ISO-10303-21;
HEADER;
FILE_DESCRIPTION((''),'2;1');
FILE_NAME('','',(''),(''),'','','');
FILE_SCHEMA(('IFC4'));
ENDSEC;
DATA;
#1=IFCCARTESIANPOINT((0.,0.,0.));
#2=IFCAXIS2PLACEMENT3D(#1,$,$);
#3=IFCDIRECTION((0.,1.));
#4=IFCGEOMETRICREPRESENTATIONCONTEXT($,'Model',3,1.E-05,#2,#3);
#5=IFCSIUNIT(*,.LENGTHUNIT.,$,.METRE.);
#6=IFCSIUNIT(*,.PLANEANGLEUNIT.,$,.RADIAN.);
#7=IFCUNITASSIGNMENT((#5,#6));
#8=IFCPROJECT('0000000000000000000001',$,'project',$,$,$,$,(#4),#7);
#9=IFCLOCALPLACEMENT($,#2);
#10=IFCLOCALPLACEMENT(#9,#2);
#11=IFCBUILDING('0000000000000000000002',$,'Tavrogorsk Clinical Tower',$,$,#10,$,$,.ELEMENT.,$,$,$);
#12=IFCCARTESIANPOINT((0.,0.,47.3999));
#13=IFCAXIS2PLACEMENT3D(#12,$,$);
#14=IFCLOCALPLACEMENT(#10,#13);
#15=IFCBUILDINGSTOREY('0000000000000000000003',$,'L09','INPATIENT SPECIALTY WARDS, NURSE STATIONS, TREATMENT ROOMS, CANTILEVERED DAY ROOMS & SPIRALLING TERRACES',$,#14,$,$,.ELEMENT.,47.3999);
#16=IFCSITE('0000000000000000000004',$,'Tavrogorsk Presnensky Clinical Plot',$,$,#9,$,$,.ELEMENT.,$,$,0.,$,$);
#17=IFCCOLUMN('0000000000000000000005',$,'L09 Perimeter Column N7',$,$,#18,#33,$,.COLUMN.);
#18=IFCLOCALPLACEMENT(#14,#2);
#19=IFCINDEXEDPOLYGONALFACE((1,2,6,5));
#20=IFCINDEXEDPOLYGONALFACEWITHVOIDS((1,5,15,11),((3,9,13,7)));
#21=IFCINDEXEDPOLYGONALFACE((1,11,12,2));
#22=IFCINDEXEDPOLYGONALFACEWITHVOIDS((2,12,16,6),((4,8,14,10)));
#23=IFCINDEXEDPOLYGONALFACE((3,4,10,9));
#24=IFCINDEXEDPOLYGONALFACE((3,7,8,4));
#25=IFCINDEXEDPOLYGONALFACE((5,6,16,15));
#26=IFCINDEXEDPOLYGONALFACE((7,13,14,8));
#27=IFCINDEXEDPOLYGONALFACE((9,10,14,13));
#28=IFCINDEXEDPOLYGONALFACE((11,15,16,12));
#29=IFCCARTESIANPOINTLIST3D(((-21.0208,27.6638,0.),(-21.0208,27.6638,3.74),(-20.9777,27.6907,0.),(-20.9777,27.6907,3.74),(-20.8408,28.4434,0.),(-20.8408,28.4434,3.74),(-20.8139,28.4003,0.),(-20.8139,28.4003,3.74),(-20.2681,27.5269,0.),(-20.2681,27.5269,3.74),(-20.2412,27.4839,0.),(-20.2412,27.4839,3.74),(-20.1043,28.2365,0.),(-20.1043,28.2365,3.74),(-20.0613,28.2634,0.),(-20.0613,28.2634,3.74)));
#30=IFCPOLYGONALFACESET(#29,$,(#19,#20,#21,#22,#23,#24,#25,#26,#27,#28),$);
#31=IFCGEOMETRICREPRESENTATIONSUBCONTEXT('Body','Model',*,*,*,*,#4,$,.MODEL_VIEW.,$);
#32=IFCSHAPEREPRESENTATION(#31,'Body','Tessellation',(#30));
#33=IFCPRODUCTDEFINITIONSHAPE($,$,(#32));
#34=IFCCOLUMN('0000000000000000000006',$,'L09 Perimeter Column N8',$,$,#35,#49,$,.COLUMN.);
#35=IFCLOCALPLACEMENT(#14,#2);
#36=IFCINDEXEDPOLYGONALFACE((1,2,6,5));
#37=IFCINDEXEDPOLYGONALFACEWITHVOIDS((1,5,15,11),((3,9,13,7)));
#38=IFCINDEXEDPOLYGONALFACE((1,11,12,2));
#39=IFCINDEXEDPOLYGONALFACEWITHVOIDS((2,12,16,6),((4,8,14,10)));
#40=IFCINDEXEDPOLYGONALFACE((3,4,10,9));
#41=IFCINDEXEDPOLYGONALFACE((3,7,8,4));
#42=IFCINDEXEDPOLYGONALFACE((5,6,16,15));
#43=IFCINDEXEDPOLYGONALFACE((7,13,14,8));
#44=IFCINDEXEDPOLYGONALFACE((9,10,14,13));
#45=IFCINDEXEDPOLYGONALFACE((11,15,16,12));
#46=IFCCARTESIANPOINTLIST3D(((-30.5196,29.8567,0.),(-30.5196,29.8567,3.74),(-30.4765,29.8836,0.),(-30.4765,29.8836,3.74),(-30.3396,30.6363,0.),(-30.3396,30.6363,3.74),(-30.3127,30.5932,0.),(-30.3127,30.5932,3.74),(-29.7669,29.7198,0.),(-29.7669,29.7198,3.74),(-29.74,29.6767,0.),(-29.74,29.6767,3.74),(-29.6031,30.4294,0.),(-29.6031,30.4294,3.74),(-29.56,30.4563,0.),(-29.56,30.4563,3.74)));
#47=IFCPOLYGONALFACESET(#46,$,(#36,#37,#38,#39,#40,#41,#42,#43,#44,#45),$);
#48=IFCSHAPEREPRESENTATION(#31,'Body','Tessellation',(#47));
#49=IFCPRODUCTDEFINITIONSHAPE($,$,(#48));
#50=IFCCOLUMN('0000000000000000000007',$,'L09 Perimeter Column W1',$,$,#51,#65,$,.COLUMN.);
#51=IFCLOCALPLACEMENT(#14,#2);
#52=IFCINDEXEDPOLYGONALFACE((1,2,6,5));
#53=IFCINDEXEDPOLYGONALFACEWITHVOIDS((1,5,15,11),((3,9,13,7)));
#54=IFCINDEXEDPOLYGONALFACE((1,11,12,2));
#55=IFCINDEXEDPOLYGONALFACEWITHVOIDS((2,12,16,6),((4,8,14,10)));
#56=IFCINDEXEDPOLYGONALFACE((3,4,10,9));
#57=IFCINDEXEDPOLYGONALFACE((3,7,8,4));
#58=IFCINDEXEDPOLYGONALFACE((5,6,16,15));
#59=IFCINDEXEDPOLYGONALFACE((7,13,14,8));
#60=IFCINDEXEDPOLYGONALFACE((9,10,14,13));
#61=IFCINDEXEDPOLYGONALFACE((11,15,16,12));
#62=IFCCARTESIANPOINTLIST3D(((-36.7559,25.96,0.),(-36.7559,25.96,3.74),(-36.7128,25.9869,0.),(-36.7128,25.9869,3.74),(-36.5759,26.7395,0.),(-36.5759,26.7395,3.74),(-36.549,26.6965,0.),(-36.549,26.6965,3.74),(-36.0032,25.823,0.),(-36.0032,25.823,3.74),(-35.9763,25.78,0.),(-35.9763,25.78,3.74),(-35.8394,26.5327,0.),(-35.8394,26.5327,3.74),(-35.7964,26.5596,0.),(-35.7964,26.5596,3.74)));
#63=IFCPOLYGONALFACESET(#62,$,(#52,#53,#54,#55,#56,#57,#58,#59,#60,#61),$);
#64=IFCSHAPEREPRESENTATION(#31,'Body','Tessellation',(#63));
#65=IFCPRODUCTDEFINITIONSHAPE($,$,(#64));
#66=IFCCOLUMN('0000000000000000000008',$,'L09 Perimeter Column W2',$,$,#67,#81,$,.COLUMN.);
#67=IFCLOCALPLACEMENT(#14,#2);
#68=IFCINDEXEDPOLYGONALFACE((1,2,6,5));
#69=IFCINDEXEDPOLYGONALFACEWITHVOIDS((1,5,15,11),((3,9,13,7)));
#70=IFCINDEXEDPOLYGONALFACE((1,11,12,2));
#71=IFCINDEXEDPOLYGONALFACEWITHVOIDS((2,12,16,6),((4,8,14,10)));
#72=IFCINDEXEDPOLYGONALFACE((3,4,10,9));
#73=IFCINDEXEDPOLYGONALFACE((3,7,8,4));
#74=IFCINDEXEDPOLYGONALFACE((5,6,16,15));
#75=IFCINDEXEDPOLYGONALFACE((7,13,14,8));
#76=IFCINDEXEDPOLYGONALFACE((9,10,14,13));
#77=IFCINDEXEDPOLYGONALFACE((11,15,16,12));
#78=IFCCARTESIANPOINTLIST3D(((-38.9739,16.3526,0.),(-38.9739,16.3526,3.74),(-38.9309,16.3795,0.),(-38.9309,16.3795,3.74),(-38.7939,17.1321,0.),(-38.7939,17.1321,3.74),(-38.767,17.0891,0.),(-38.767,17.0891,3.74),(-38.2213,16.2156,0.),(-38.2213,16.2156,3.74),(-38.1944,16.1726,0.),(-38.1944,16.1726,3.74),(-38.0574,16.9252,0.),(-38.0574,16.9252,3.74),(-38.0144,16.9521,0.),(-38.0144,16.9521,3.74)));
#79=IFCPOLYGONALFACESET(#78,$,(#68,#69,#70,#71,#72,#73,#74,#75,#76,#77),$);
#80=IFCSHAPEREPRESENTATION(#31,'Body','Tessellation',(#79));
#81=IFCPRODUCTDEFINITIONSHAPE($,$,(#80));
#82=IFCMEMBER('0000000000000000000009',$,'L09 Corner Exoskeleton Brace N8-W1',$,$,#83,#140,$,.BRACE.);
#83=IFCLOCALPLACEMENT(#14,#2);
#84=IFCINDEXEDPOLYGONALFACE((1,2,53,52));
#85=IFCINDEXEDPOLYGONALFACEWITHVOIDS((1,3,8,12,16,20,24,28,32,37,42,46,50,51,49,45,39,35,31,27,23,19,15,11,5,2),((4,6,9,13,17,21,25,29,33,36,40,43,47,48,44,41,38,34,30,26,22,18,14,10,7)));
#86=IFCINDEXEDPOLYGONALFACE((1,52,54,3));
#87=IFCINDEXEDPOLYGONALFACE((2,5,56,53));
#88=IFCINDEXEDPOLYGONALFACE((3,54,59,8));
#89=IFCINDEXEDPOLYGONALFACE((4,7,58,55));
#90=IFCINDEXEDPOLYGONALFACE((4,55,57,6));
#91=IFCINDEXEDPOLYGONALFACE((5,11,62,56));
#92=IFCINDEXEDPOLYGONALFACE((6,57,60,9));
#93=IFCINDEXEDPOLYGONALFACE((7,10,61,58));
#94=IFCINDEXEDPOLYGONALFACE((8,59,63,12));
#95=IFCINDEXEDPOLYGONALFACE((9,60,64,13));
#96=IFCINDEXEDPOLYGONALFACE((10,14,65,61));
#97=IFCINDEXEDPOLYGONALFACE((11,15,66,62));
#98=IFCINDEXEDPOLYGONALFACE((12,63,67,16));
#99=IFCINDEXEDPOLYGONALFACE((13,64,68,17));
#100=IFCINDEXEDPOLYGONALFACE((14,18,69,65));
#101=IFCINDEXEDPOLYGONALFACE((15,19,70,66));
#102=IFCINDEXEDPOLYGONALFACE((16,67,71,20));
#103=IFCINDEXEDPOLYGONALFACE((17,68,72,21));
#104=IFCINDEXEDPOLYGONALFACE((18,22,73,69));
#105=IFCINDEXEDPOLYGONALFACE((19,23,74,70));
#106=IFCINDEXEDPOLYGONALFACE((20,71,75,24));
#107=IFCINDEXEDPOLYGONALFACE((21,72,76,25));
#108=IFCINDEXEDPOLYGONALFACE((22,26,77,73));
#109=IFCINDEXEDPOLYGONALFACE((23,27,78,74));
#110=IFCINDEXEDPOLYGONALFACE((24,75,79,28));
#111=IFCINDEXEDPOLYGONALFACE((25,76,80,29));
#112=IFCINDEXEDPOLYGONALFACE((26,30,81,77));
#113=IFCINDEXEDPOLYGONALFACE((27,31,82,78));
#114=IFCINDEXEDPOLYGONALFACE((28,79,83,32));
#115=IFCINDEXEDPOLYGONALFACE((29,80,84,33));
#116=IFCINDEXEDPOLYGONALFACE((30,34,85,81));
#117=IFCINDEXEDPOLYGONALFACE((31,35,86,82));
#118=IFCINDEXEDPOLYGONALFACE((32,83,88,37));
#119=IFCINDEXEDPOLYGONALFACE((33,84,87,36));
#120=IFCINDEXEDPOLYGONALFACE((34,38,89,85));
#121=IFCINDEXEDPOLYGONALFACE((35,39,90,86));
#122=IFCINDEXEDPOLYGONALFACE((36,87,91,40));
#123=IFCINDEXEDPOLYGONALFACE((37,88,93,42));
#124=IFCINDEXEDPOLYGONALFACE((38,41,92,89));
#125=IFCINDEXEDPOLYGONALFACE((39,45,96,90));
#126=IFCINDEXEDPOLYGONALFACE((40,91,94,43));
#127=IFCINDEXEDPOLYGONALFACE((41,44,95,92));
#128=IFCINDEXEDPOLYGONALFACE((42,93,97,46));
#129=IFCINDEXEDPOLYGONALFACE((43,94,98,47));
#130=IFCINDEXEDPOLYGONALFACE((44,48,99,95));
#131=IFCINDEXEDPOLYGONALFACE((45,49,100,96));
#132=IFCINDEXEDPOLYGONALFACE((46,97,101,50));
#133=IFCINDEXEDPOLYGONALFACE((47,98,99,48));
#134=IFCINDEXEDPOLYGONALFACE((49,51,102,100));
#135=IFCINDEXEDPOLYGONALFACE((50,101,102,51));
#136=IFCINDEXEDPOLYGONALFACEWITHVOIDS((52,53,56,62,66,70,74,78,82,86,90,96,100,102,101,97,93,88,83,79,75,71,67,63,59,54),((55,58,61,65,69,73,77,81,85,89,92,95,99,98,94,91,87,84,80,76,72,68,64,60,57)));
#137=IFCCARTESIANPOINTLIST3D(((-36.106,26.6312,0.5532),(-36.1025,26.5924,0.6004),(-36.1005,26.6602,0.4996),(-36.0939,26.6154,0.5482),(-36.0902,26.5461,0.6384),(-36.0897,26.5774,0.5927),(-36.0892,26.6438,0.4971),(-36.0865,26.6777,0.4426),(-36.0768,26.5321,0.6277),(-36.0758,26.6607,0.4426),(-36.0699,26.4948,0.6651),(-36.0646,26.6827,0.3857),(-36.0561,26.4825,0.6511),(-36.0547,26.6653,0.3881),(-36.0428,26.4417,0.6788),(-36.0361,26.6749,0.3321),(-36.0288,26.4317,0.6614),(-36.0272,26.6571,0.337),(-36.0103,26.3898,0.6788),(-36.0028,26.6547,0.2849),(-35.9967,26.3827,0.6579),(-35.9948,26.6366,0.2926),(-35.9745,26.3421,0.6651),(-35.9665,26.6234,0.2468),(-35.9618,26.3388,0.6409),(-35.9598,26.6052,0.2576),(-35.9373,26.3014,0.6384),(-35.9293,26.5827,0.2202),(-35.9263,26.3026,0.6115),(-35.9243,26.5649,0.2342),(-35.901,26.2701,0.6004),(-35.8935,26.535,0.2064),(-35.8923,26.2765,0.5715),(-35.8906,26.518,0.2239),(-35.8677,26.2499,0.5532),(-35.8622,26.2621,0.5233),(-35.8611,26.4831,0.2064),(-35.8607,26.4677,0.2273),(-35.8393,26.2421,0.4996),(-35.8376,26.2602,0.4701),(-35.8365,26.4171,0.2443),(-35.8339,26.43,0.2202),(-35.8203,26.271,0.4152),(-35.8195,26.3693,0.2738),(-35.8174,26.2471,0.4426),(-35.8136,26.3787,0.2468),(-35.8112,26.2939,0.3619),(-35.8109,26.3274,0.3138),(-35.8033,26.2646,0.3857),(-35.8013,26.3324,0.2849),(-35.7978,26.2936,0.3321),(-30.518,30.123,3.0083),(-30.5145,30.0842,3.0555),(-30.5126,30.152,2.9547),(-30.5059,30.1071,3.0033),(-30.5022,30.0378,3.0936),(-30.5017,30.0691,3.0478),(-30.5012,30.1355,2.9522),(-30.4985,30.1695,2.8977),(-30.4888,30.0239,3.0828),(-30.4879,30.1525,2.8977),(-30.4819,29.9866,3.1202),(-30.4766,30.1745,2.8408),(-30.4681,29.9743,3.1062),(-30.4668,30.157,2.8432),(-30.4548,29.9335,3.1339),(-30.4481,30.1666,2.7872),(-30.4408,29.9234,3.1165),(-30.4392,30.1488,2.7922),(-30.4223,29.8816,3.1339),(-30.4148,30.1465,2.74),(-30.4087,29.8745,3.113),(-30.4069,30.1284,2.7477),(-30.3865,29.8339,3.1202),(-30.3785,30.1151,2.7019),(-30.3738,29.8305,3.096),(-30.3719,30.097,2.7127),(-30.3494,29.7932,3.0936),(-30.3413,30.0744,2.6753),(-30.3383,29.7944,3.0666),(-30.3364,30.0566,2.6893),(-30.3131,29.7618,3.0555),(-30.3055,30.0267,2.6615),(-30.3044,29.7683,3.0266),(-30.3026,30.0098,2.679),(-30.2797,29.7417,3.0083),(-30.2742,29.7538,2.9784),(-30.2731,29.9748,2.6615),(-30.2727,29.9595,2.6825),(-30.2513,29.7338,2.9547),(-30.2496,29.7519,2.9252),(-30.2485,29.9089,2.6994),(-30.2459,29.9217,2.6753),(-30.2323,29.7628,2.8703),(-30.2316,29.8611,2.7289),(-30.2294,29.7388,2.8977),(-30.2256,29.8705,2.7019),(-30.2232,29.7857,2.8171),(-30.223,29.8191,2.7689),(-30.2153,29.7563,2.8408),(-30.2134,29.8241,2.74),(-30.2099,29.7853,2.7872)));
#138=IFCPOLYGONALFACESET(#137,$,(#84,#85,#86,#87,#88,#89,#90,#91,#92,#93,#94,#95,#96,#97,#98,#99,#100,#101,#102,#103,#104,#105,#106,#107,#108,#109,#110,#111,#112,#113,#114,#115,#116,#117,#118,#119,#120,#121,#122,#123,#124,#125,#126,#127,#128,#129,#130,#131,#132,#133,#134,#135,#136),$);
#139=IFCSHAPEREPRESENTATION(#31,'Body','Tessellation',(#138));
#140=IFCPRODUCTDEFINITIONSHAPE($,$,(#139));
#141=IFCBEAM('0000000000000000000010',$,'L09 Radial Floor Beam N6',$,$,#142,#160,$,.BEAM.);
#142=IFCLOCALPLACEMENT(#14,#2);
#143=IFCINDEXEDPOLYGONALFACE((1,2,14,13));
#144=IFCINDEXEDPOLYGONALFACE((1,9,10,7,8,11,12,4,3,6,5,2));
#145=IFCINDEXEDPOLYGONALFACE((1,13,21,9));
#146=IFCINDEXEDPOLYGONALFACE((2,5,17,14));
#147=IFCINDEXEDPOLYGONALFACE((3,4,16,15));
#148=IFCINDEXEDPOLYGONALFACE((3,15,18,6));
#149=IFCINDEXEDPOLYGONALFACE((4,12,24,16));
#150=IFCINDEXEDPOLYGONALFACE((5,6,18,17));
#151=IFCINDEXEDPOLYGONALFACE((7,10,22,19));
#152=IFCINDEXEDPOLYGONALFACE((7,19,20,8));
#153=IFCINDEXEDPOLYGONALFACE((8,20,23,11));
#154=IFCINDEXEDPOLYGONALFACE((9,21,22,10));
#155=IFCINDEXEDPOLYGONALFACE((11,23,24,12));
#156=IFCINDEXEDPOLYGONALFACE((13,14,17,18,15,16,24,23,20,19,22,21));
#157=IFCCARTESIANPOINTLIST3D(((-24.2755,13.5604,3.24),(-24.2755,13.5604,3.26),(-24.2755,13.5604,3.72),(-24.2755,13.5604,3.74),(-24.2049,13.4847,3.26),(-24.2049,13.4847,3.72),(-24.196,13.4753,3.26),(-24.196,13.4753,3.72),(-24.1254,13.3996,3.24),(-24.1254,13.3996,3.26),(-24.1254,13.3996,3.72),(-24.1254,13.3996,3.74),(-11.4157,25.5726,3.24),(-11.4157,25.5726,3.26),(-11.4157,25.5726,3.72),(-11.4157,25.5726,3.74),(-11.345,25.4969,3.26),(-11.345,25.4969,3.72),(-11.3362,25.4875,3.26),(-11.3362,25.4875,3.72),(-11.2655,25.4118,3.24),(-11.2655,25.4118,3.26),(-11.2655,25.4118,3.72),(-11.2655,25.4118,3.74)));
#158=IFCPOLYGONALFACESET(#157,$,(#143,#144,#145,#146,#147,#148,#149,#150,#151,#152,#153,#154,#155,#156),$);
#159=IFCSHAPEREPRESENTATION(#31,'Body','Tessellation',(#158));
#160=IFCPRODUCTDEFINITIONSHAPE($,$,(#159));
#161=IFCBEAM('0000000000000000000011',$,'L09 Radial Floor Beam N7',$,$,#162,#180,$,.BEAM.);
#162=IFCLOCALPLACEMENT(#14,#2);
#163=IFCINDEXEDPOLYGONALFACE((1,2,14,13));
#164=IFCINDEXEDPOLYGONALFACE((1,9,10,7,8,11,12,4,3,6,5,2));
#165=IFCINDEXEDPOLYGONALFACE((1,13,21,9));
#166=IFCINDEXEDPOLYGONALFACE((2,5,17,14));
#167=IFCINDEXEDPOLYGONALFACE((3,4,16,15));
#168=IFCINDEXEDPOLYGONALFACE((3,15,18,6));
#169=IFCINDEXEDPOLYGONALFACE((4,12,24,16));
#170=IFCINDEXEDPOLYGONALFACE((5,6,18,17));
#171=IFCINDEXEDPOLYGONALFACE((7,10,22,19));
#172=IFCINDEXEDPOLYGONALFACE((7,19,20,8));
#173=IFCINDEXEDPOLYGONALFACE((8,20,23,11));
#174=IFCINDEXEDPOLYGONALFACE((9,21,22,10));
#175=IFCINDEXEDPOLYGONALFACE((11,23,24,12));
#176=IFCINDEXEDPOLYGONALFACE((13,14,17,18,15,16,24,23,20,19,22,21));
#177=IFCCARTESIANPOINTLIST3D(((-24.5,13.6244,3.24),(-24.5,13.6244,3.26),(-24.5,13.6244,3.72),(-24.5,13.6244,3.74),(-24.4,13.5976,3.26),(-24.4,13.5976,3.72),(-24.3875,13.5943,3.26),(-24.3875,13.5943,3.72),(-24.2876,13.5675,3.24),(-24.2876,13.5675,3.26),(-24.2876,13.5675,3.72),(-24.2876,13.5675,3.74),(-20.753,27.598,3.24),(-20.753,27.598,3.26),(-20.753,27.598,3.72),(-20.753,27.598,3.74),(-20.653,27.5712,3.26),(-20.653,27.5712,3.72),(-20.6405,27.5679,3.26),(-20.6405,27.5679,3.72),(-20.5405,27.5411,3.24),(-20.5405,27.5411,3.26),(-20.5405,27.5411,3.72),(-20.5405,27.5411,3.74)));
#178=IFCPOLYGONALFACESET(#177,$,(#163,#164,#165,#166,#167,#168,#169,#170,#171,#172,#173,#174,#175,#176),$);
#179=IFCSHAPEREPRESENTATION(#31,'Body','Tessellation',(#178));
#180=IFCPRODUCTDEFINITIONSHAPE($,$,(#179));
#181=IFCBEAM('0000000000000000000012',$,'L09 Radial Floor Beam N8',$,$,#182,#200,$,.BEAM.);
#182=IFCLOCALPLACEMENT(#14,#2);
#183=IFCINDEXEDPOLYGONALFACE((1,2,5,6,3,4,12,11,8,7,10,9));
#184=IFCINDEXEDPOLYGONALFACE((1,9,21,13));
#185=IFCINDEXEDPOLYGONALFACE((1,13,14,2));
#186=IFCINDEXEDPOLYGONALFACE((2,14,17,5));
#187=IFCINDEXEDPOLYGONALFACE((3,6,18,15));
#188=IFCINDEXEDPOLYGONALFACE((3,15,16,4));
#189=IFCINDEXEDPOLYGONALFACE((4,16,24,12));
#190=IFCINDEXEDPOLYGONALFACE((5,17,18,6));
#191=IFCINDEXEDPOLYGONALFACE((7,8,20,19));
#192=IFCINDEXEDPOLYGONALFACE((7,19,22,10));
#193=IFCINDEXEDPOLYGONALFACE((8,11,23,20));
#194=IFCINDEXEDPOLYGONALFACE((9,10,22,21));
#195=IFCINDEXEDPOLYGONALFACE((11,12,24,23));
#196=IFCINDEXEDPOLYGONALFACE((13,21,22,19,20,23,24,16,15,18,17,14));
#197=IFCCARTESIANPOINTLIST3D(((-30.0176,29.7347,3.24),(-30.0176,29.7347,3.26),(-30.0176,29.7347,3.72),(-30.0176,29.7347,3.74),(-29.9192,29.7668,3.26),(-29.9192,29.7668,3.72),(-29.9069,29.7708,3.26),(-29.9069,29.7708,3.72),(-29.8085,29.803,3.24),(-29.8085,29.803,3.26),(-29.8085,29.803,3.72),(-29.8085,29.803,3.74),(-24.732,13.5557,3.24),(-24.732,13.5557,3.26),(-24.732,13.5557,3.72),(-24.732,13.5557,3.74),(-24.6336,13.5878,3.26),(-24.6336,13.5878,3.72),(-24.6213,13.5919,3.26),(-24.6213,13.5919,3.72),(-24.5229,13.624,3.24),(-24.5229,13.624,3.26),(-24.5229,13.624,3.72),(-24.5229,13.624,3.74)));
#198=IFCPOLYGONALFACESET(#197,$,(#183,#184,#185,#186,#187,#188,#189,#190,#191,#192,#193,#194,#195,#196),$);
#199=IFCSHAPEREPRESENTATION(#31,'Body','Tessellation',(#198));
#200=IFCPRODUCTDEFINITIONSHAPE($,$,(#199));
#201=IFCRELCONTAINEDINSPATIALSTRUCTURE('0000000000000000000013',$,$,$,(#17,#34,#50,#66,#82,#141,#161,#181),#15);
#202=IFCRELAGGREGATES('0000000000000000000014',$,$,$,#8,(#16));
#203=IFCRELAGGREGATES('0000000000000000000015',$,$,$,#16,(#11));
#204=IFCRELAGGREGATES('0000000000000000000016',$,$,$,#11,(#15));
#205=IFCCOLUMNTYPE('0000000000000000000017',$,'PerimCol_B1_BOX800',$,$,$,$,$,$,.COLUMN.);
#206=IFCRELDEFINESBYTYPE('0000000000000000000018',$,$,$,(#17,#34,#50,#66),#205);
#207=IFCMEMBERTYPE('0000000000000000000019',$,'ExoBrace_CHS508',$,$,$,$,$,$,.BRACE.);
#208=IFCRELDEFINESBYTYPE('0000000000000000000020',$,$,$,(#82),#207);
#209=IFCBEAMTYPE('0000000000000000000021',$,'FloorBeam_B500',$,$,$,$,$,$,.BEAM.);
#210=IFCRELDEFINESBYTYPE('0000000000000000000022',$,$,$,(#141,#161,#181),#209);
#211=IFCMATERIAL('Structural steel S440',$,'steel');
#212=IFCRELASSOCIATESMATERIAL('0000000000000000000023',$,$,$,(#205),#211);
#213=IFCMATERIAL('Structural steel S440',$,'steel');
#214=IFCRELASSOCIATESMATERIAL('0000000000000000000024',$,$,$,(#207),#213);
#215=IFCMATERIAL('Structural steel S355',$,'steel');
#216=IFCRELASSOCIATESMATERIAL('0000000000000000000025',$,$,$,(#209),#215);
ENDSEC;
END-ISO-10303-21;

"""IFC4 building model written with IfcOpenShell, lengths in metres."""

from ifc_helpers import new_model, si_unit, direction, frame, origin, origin_2d, place, context, subcontext, project, spatial, hollow_rectangle, hollow_circle, i_section, extrude, material, material_profile, profile_set, type_object, element, save


model = new_model("IFC4")

# Units and contexts
model_context = context("Model", 3, precision=1e-05, world=origin(), true_north=direction((0.0, 1.0)))
body_context = subcontext(model_context, "Body", "Model", "MODEL_VIEW")
ifc_project = project(units=[si_unit("LENGTHUNIT", "METRE"), si_unit("PLANEANGLEUNIT", "RADIAN")], contexts=[model_context])

# Site, building, storey
site_placement = place(None, origin())
site = spatial("IfcSite", under=ifc_project, at=site_placement, Name="Tavrogorsk Presnensky Clinical Plot", CompositionType="ELEMENT", RefElevation=0.0)
building_placement = place(site_placement, origin())
building = spatial("IfcBuilding", under=site, at=building_placement, Name="Tavrogorsk Clinical Tower", CompositionType="ELEMENT")
storey_placement = place(building_placement, frame((0.0, 0.0, 47.3999)))
storey = spatial("IfcBuildingStorey", under=building, at=storey_placement, Name="L09", Description="INPATIENT SPECIALTY WARDS, NURSE STATIONS, TREATMENT ROOMS, CANTILEVERED DAY ROOMS & SPIRALLING TERRACES", CompositionType="ELEMENT", Elevation=47.3999)

# Columns
ifc_material_1 = material(Name="Structural steel S440", Category="steel")
ifc_material_profile_1 = material_profile(ifc_material_1, hollow_rectangle(XDim=0.8, YDim=0.8, WallThickness=0.0359, at=origin_2d()), Name="BOX-800x800x36")
ifc_profile_set_1 = profile_set([ifc_material_profile_1], Name="Structural steel S440")
column_type = type_object("IfcColumnType", Name="PerimCol_B1_BOX800", PredefinedType="COLUMN", material=ifc_profile_set_1)
for number, where, z_axis, x_axis, name in (
    (1, (-20.541, 27.9636, 0.0), (0.0, 0.0, 1.0), (0.97437, -0.224951, 0.0), "L09 Perimeter Column N7"),
    (2, (-30.0398, 30.1565, 0.0), (0.0, 0.0, 1.0), (0.97437, -0.224951, 0.0), "L09 Perimeter Column N8"),
    (3, (-36.2761, 26.2598, 0.0), (0.0, 0.0, 1.0), (0.97437, -0.224951, 0.0), "L09 Perimeter Column W1"),
    (4, (-38.4941, 16.6523, 0.0), (0.0, 0.0, 1.0), (0.97437, -0.224951, 0.0), "L09 Perimeter Column W2"),
):
    element("IfcColumn", number, at=place(storey_placement, frame(where, z_axis=z_axis, x_axis=x_axis)), inside=storey, type_object=column_type, Name=name, PredefinedType="COLUMN", context=body_context, shape_type="SweptSolid", body=[
        extrude(hollow_rectangle(XDim=0.8, YDim=0.8, WallThickness=0.0359, at=origin_2d()), origin(), (0.0, 0.0, 1.0), 3.74),
    ])

# Member
ifc_material_2 = material(Name="Structural steel S440", Category="steel")
ifc_material_profile_2 = material_profile(ifc_material_2, hollow_circle(Radius=0.2539, WallThickness=0.02, at=origin_2d()), Name="CHS-508x20")
ifc_profile_set_2 = profile_set([ifc_material_profile_2], Name="Structural steel S440")
member_type_1 = type_object("IfcMemberType", Name="ExoBrace_CHS508", PredefinedType="BRACE", material=ifc_profile_set_2)
member_1_placement = place(storey_placement, frame((-35.9519, 26.4624, 0.4426), z_axis=(0.794679, 0.49657, 0.349148), x_axis=(-0.529919, 0.848048, 0.0)))
element("IfcMember", 5, at=member_1_placement, inside=storey, type_object=member_type_1, Name="L09 Corner Exoskeleton Brace N8-W1", PredefinedType="BRACE", context=body_context, shape_type="SweptSolid", body=[
    extrude(hollow_circle(Radius=0.2539, WallThickness=0.02, at=origin_2d()), origin(), (0.0, 0.0, 1.0), 7.0317),
])

# Beams
ifc_material_3 = material(Name="Structural steel S355", Category="steel")
ifc_material_profile_3 = material_profile(ifc_material_3, i_section(OverallWidth=0.22, OverallDepth=0.5, WebThickness=0.0129, FlangeThickness=0.02, at=origin_2d()), Name="B-500x220x13x20")
ifc_profile_set_3 = profile_set([ifc_material_profile_3], Name="Structural steel S355")
beam_type_1 = type_object("IfcBeamType", Name="FloorBeam_B500", PredefinedType="BEAM", material=ifc_profile_set_3)
beam_1_placement = place(storey_placement, frame((-24.2004, 13.48, 3.49), z_axis=(0.730781, 0.682612, 0.0), x_axis=(-0.682612, 0.730781, 0.0)))
element("IfcBeam", 6, at=beam_1_placement, inside=storey, type_object=beam_type_1, Name="L09 Radial Floor Beam N6", PredefinedType="BEAM", context=body_context, shape_type="SweptSolid", body=[
    extrude(i_section(OverallWidth=0.22, OverallDepth=0.5, WebThickness=0.0129, FlangeThickness=0.02, at=origin_2d()), origin(), (0.0, 0.0, 1.0), 17.5974),
])
beam_2_placement = place(storey_placement, frame((-24.3938, 13.5959, 3.49), z_axis=(0.259003, 0.965877, 0.0), x_axis=(-0.965877, 0.259003, 0.0)))
element("IfcBeam", 7, at=beam_2_placement, inside=storey, type_object=beam_type_1, Name="L09 Radial Floor Beam N7", PredefinedType="BEAM", context=body_context, shape_type="SweptSolid", body=[
    extrude(i_section(OverallWidth=0.22, OverallDepth=0.5, WebThickness=0.0129, FlangeThickness=0.02, at=origin_2d()), origin(), (0.0, 0.0, 1.0), 14.4673),
])
beam_3_placement = place(storey_placement, frame((-24.6274, 13.5898, 3.49), z_axis=(-0.310546, 0.950558, 0.0), x_axis=(-0.950558, -0.310546, 0.0)))
element("IfcBeam", 8, at=beam_3_placement, inside=storey, type_object=beam_type_1, Name="L09 Radial Floor Beam N8", PredefinedType="BEAM", context=body_context, shape_type="SweptSolid", body=[
    extrude(i_section(OverallWidth=0.22, OverallDepth=0.5, WebThickness=0.0129, FlangeThickness=0.02, at=origin_2d()), origin(), (0.0, 0.0, 1.0), 17.0205),
])

save(model, "model.ifc")
